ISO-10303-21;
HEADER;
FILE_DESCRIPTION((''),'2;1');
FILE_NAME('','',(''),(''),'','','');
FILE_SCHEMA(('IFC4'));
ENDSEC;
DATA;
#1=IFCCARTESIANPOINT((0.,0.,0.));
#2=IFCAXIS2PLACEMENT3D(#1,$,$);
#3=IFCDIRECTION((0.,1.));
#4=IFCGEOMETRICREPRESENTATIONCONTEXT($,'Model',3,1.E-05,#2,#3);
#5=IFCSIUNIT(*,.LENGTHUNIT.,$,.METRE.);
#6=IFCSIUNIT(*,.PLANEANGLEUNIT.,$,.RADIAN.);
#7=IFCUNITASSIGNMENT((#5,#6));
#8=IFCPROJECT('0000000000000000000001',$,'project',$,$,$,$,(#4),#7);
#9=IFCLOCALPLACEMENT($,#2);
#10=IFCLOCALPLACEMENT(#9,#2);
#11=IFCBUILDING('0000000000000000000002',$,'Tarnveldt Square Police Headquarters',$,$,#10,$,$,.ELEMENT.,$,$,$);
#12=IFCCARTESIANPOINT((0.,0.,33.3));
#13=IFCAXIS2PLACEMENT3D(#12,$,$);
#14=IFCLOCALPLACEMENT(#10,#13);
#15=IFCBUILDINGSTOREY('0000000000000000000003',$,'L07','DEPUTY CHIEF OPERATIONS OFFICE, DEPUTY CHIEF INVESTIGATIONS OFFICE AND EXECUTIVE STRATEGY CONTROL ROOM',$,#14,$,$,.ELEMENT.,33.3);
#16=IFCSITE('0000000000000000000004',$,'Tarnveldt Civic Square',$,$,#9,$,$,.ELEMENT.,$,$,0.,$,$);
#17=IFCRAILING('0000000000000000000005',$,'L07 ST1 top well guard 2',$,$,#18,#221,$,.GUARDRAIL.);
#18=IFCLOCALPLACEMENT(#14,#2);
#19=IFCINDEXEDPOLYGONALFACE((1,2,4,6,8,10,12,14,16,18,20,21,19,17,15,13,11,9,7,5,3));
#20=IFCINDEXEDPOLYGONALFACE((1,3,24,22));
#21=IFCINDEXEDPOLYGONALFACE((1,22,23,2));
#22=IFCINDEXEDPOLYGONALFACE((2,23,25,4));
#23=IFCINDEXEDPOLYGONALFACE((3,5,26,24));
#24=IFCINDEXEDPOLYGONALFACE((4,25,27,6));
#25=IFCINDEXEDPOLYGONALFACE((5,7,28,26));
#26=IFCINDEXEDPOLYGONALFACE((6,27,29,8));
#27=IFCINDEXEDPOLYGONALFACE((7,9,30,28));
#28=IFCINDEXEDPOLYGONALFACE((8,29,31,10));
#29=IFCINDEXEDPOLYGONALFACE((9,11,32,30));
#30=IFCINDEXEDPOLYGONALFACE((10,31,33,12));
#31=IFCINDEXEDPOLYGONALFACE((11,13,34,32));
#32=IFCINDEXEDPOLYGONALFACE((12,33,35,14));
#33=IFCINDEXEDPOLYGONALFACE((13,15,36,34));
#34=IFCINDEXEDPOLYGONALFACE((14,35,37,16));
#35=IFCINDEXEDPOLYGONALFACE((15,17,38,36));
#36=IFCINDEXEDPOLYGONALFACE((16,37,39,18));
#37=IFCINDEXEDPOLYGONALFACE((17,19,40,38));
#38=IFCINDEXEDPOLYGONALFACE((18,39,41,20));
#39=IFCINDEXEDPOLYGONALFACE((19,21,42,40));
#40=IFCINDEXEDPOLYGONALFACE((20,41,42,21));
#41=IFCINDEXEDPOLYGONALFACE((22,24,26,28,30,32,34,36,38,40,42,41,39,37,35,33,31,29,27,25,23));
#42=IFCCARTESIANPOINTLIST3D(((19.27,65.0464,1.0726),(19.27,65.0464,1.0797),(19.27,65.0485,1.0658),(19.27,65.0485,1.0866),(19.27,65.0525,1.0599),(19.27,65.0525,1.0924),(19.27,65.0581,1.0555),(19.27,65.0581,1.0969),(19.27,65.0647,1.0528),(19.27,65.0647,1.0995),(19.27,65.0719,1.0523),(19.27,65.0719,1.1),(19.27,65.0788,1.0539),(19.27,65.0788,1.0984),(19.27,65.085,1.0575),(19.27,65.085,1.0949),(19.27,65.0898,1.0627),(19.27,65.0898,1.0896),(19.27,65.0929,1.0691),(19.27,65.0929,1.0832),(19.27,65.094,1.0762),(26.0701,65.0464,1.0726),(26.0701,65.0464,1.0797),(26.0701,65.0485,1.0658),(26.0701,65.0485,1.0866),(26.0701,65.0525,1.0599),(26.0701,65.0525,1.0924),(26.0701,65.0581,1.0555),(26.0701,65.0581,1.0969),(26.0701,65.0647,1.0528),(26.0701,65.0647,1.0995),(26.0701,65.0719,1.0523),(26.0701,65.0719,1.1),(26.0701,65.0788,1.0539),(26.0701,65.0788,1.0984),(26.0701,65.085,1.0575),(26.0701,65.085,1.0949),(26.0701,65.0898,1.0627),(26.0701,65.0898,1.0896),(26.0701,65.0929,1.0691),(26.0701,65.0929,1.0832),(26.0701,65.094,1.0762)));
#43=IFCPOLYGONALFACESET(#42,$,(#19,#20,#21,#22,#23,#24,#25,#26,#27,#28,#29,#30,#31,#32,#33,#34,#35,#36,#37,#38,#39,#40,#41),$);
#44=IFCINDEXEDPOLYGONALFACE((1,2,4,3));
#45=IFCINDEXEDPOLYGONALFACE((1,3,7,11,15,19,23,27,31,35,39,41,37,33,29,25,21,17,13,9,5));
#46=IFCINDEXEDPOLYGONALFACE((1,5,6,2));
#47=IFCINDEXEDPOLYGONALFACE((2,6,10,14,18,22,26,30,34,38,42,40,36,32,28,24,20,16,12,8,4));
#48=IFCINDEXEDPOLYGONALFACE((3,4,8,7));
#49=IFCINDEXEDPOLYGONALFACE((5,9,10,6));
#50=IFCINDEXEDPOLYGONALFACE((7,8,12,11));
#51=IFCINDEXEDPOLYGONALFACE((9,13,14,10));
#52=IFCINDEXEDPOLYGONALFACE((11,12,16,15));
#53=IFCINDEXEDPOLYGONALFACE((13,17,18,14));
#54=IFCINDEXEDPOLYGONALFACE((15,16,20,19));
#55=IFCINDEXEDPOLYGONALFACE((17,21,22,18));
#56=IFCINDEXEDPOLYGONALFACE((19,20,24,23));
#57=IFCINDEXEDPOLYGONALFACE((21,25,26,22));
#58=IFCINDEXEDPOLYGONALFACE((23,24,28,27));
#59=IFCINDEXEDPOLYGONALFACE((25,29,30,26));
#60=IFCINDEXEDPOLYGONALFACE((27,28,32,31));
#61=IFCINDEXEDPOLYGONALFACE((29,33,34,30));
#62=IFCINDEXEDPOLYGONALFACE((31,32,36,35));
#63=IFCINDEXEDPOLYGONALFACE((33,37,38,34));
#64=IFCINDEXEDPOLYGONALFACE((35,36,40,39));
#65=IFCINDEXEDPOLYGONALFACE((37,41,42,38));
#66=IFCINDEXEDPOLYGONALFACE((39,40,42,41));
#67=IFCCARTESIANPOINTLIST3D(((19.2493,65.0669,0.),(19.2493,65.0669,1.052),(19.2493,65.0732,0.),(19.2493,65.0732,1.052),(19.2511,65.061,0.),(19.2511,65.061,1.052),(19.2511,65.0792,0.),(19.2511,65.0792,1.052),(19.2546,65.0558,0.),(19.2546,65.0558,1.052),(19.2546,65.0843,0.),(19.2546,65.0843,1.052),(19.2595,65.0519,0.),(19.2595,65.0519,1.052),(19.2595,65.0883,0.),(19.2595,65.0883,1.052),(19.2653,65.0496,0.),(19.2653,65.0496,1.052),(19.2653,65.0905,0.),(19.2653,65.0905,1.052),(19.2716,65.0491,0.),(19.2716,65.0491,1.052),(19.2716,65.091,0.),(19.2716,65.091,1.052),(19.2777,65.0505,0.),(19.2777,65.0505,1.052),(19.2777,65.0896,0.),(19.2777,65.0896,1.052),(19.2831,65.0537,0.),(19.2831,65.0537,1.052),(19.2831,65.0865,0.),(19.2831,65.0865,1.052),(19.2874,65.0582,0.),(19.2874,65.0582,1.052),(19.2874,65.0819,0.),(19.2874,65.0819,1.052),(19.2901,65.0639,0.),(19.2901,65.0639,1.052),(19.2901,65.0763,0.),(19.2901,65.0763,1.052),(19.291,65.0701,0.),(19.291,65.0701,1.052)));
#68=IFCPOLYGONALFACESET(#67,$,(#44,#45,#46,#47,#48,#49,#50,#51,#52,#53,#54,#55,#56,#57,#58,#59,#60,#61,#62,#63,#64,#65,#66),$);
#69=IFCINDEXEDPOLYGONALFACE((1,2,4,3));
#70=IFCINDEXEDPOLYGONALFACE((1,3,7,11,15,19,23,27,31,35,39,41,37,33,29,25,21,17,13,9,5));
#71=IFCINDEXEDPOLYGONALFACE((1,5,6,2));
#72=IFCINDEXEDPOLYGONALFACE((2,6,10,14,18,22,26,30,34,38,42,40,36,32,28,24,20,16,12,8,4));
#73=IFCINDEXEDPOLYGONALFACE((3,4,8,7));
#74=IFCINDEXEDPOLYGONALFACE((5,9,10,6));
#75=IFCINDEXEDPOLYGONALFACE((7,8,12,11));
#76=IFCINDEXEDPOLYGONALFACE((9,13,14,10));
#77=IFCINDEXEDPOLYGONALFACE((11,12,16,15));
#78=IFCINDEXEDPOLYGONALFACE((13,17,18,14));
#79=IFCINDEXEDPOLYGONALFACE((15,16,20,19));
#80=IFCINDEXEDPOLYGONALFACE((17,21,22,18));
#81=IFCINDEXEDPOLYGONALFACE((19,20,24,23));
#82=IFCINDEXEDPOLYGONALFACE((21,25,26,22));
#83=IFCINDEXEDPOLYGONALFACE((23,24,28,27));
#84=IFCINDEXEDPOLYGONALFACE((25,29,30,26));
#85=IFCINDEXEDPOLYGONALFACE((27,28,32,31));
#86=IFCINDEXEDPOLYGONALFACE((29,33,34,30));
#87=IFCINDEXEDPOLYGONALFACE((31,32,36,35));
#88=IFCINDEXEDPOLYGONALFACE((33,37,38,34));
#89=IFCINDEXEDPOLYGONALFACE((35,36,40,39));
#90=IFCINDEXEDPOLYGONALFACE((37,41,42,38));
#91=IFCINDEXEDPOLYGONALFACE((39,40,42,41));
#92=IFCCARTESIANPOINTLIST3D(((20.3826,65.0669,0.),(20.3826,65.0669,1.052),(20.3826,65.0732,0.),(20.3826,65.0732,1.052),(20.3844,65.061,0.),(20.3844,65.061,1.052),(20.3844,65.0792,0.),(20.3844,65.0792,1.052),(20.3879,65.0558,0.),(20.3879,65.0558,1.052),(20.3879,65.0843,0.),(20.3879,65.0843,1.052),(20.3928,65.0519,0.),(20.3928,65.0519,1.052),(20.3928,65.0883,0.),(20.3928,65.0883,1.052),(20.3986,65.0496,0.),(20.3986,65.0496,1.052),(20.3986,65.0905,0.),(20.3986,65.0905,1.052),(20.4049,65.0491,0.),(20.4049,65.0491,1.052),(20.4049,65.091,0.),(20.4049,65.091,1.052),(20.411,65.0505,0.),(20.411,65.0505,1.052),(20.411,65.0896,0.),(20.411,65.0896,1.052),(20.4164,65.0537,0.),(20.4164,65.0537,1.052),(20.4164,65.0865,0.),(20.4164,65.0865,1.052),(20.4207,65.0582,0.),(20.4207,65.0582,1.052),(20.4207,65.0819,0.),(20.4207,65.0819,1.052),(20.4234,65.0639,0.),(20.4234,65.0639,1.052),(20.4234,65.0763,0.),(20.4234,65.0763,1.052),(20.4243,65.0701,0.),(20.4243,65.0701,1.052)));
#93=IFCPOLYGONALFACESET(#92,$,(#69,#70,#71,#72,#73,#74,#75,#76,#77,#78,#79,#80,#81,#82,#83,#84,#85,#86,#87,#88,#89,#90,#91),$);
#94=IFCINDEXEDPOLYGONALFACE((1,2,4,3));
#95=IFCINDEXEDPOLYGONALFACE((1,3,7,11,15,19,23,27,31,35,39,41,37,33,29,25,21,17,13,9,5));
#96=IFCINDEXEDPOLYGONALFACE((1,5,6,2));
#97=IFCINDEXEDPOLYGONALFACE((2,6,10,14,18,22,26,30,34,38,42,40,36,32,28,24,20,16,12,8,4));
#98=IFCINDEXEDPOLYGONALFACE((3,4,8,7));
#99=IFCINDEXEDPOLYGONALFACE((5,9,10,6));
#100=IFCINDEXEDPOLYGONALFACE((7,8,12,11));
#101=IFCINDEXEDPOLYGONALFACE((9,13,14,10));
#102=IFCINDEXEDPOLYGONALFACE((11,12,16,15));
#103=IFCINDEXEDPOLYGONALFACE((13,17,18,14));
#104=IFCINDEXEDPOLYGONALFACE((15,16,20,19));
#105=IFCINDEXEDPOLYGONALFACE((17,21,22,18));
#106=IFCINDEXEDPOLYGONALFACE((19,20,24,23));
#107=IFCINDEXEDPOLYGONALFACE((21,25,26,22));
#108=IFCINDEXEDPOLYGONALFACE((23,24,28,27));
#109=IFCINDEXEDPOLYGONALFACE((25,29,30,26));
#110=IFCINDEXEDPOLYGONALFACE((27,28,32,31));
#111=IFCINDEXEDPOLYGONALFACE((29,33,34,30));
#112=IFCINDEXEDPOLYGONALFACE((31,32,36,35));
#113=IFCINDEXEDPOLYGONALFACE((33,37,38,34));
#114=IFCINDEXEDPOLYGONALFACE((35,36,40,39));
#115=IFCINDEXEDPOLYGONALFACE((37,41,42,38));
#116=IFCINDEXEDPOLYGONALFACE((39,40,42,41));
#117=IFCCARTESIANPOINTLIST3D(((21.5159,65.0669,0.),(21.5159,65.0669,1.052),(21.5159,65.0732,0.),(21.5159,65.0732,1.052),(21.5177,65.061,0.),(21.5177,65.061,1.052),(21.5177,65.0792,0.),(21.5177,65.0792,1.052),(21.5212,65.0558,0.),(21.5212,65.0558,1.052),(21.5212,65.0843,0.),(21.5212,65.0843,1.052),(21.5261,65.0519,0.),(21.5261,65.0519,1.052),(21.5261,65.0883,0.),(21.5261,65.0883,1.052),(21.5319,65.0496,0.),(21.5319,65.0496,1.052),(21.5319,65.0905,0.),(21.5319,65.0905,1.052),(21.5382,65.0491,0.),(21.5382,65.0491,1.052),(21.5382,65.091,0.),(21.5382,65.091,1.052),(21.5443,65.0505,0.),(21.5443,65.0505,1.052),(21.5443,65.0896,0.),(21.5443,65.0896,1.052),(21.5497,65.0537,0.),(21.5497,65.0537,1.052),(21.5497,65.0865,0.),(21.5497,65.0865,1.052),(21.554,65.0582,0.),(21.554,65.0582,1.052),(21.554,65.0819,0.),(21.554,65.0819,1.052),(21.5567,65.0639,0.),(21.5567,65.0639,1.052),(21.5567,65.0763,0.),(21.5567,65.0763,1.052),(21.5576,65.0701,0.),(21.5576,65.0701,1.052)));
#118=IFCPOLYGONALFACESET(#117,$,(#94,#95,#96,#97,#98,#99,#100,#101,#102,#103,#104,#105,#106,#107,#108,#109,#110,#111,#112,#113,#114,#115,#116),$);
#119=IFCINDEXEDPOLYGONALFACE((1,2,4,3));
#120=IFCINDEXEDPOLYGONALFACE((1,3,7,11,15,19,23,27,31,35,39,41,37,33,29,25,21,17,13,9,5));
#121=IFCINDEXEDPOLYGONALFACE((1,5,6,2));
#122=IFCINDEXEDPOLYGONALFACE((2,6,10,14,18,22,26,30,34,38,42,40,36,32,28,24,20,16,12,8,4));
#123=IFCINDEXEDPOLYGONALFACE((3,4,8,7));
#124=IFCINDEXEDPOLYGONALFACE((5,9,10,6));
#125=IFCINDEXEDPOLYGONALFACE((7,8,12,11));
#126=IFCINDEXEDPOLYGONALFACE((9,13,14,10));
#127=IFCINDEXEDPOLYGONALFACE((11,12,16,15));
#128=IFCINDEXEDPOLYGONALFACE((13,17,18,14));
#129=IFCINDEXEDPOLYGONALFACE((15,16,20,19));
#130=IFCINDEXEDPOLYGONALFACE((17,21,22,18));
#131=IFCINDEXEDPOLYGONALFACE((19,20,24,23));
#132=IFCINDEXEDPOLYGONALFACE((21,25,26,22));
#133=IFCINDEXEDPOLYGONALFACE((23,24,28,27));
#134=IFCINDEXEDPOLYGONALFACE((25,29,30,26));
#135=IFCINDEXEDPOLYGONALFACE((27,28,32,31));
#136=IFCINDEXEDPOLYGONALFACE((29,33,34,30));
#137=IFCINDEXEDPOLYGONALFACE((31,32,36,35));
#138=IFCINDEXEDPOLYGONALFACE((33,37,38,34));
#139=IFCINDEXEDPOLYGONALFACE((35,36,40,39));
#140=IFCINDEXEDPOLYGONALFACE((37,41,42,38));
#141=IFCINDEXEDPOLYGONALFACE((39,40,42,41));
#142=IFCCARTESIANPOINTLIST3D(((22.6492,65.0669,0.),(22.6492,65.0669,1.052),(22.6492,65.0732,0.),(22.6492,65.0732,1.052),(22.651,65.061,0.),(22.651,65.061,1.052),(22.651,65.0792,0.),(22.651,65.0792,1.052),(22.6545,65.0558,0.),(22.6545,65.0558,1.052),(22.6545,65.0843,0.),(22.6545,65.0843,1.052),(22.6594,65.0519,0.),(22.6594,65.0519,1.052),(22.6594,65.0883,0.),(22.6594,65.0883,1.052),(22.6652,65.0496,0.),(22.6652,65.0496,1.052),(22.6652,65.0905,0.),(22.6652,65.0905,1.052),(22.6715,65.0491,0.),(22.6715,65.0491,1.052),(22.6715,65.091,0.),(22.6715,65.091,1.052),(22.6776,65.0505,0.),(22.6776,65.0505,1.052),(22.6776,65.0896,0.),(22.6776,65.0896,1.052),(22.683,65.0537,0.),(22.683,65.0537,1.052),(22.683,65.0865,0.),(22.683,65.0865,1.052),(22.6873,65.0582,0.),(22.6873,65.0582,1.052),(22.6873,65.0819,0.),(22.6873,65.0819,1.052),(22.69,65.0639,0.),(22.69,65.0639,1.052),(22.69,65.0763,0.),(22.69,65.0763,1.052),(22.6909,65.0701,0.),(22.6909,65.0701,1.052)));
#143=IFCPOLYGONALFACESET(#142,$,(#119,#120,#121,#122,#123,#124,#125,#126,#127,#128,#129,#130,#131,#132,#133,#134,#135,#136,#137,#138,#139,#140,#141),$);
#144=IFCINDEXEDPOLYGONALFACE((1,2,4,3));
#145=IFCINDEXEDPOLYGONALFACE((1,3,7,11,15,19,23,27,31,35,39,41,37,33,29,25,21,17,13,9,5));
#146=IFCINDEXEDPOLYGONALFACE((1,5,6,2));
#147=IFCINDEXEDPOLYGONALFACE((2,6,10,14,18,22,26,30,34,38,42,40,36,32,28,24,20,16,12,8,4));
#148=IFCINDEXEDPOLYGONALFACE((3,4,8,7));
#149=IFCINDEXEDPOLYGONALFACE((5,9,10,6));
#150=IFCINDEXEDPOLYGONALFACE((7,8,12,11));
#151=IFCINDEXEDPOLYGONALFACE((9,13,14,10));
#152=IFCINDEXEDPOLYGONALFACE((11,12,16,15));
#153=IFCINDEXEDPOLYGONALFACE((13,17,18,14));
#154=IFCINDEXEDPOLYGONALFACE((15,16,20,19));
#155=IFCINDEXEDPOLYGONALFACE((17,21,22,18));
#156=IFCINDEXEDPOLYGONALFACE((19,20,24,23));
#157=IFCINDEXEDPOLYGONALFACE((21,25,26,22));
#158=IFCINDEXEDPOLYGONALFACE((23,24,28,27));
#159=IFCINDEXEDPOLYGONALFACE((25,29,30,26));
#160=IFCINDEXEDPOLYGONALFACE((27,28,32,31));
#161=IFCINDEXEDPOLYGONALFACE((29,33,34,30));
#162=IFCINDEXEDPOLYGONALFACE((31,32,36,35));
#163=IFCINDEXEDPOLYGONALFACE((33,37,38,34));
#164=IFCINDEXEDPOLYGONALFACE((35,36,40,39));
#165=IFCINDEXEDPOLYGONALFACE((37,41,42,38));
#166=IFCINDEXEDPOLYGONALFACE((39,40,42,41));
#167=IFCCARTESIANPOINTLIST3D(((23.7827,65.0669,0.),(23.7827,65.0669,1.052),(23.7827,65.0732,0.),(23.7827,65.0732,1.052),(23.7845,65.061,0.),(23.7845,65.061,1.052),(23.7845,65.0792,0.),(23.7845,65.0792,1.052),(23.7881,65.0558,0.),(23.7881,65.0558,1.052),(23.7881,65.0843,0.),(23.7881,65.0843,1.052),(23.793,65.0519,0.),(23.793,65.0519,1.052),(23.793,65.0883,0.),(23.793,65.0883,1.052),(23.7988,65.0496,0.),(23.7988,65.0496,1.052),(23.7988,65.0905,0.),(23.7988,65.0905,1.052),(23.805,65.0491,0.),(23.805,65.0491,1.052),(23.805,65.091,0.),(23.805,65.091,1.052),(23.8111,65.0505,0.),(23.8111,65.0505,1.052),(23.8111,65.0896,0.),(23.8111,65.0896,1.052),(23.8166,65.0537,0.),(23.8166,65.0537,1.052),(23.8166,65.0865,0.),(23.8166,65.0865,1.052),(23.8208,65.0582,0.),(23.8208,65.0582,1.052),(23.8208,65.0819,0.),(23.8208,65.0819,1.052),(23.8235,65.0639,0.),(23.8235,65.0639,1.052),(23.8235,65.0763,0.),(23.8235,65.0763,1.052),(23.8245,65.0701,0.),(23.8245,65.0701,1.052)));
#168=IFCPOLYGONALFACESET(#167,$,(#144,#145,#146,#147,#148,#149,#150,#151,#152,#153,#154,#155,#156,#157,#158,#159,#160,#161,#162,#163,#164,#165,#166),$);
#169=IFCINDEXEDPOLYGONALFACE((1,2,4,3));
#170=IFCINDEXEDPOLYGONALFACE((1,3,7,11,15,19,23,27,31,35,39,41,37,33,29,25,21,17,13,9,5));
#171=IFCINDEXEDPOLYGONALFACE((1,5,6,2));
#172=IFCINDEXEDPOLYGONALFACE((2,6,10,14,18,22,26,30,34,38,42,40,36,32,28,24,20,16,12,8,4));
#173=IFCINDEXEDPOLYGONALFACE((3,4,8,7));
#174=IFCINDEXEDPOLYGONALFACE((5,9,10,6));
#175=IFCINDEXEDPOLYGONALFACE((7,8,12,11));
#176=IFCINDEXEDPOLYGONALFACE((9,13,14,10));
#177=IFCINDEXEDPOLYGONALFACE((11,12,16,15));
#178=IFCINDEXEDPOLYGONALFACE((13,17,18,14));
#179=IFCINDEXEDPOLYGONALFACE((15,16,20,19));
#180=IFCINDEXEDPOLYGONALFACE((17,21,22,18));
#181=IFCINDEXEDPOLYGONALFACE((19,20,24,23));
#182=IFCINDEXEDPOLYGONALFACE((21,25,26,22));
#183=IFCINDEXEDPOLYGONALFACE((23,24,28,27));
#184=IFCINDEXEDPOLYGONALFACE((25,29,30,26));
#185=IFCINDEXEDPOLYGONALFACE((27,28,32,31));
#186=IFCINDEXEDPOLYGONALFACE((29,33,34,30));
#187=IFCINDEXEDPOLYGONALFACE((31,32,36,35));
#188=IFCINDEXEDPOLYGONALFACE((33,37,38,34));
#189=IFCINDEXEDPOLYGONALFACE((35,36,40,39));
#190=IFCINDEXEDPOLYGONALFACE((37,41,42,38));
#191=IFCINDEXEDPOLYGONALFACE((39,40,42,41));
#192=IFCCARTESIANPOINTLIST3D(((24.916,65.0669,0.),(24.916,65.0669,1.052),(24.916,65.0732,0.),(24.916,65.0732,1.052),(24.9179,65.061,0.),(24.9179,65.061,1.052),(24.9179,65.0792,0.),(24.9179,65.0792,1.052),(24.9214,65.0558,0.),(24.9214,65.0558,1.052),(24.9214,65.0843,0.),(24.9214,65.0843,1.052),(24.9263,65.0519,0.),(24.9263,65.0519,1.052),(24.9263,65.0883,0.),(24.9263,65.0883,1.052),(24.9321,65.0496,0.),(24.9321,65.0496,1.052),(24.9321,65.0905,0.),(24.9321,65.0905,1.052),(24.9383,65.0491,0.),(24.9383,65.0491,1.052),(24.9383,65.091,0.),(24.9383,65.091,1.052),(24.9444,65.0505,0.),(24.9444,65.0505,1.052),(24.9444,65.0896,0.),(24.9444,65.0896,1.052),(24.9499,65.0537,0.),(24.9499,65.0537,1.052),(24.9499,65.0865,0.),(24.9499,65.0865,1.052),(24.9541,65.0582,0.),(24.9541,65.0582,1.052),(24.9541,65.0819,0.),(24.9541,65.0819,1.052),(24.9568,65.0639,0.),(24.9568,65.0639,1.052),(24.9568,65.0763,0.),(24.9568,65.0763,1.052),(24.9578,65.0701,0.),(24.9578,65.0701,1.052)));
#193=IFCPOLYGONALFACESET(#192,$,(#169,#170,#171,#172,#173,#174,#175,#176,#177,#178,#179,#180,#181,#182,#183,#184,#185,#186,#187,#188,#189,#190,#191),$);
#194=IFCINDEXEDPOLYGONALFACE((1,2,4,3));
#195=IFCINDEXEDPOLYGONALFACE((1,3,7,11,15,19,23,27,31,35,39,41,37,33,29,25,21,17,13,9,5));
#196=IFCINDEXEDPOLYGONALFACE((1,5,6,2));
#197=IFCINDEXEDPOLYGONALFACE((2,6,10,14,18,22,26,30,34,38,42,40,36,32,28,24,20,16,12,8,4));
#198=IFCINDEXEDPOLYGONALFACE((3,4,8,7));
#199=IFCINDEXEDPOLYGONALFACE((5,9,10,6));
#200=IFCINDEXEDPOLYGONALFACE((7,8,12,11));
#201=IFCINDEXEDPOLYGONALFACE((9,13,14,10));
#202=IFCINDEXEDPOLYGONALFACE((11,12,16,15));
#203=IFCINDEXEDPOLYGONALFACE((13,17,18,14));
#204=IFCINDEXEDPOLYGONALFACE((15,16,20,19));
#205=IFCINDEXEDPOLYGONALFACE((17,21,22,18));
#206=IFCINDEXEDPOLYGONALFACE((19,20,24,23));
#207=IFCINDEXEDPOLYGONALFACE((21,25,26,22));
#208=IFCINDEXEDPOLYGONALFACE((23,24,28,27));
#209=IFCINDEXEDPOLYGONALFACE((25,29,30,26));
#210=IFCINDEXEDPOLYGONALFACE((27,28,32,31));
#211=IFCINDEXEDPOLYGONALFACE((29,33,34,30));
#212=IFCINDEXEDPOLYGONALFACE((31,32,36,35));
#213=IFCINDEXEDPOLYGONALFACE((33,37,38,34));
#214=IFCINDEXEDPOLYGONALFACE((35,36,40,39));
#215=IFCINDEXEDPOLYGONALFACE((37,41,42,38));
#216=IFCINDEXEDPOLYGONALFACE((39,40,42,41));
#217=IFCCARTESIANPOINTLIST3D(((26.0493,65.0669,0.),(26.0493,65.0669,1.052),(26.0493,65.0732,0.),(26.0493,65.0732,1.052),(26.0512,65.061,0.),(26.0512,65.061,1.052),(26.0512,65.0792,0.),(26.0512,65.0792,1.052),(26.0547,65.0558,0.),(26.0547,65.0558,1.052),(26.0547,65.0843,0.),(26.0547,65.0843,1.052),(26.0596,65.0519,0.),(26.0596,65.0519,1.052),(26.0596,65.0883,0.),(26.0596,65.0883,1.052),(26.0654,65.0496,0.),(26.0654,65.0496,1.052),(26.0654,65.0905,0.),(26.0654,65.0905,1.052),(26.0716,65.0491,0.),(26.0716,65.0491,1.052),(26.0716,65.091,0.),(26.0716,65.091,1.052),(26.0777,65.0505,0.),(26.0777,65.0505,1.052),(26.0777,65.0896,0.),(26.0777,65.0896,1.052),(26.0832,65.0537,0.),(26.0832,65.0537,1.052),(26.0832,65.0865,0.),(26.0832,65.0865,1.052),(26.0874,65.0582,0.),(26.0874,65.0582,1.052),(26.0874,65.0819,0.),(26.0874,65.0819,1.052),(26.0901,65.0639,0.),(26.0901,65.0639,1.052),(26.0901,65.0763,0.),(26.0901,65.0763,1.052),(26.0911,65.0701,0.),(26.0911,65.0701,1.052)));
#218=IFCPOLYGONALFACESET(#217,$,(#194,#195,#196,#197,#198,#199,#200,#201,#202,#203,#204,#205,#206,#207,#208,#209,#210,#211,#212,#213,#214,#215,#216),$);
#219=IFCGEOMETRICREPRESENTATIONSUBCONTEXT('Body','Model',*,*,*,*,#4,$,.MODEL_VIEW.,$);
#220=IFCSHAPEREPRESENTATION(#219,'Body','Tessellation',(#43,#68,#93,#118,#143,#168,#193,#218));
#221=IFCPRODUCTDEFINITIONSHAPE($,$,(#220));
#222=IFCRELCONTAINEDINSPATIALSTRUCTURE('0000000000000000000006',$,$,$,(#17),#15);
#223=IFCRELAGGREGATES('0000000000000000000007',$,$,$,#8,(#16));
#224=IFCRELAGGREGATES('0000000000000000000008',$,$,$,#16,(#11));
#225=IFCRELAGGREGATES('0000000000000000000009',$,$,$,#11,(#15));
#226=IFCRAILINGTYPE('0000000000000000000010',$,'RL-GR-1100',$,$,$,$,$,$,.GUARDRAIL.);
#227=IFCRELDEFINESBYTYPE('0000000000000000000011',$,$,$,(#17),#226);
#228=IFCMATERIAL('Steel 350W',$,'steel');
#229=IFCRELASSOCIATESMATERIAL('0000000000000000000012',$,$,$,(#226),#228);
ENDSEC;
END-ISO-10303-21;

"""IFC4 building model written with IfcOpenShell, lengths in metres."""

from ifc_helpers import new_model, si_unit, direction, frame, origin, origin_2d, place, context, subcontext, project, spatial, circle, extrude, material, type_object, element, save


model = new_model("IFC4")

# Units and contexts
model_context = context("Model", 3, precision=1e-05, world=origin(), true_north=direction((0.0, 1.0)))
body_context = subcontext(model_context, "Body", "Model", "MODEL_VIEW")
ifc_project = project(units=[si_unit("LENGTHUNIT", "METRE"), si_unit("PLANEANGLEUNIT", "RADIAN")], contexts=[model_context])

# Site, building, storey
site_placement = place(None, origin())
site = spatial("IfcSite", under=ifc_project, at=site_placement, Name="Tarnveldt Civic Square", CompositionType="ELEMENT", RefElevation=0.0)
building_placement = place(site_placement, origin())
building = spatial("IfcBuilding", under=site, at=building_placement, Name="Tarnveldt Square Police Headquarters", CompositionType="ELEMENT")
storey_placement = place(building_placement, frame((0.0, 0.0, 33.3)))
storey = spatial("IfcBuildingStorey", under=building, at=storey_placement, Name="L07", Description="DEPUTY CHIEF OPERATIONS OFFICE, DEPUTY CHIEF INVESTIGATIONS OFFICE AND EXECUTIVE STRATEGY CONTROL ROOM", CompositionType="ELEMENT", Elevation=33.3)

# Shared definitions
ifc_material_1 = material(Name="Steel 350W", Category="steel")

# Railing
railing_type = type_object("IfcRailingType", Name="RL-GR-1100", PredefinedType="GUARDRAIL", material=ifc_material_1)
railing_1_placement = place(storey_placement, frame((19.27, 65.0701, 0.0)))
element("IfcRailing", 1, at=railing_1_placement, inside=storey, type_object=railing_type, Name="L07 ST1 top well guard 2", PredefinedType="GUARDRAIL", context=body_context, shape_type="SweptSolid", body=[
    extrude(circle(Radius=0.0239, at=origin_2d()), frame((0.0, 0.0, 1.0762), z_axis=(1.0, 0.0, 0.0), x_axis=(0.0, 1.0, 0.0)), (0.0, 0.0, 1.0), 6.8),
    extrude(circle(Radius=0.021, at=origin_2d()), origin(), (0.0, 0.0, 1.0), 1.052),
    extrude(circle(Radius=0.021, at=origin_2d()), frame((1.1333, 0.0, 0.0)), (0.0, 0.0, 1.0), 1.052),
    extrude(circle(Radius=0.021, at=origin_2d()), frame((2.2666, 0.0, 0.0)), (0.0, 0.0, 1.0), 1.052),
    extrude(circle(Radius=0.021, at=origin_2d()), frame((3.3999, 0.0, 0.0)), (0.0, 0.0, 1.0), 1.052),
    extrude(circle(Radius=0.021, at=origin_2d()), frame((4.5334, 0.0, 0.0)), (0.0, 0.0, 1.0), 1.052),
    extrude(circle(Radius=0.021, at=origin_2d()), frame((5.6667, 0.0, 0.0)), (0.0, 0.0, 1.0), 1.052),
    extrude(circle(Radius=0.021, at=origin_2d()), frame((6.8, 0.0, 0.0)), (0.0, 0.0, 1.0), 1.052),
])

save(model, "model.ifc")
